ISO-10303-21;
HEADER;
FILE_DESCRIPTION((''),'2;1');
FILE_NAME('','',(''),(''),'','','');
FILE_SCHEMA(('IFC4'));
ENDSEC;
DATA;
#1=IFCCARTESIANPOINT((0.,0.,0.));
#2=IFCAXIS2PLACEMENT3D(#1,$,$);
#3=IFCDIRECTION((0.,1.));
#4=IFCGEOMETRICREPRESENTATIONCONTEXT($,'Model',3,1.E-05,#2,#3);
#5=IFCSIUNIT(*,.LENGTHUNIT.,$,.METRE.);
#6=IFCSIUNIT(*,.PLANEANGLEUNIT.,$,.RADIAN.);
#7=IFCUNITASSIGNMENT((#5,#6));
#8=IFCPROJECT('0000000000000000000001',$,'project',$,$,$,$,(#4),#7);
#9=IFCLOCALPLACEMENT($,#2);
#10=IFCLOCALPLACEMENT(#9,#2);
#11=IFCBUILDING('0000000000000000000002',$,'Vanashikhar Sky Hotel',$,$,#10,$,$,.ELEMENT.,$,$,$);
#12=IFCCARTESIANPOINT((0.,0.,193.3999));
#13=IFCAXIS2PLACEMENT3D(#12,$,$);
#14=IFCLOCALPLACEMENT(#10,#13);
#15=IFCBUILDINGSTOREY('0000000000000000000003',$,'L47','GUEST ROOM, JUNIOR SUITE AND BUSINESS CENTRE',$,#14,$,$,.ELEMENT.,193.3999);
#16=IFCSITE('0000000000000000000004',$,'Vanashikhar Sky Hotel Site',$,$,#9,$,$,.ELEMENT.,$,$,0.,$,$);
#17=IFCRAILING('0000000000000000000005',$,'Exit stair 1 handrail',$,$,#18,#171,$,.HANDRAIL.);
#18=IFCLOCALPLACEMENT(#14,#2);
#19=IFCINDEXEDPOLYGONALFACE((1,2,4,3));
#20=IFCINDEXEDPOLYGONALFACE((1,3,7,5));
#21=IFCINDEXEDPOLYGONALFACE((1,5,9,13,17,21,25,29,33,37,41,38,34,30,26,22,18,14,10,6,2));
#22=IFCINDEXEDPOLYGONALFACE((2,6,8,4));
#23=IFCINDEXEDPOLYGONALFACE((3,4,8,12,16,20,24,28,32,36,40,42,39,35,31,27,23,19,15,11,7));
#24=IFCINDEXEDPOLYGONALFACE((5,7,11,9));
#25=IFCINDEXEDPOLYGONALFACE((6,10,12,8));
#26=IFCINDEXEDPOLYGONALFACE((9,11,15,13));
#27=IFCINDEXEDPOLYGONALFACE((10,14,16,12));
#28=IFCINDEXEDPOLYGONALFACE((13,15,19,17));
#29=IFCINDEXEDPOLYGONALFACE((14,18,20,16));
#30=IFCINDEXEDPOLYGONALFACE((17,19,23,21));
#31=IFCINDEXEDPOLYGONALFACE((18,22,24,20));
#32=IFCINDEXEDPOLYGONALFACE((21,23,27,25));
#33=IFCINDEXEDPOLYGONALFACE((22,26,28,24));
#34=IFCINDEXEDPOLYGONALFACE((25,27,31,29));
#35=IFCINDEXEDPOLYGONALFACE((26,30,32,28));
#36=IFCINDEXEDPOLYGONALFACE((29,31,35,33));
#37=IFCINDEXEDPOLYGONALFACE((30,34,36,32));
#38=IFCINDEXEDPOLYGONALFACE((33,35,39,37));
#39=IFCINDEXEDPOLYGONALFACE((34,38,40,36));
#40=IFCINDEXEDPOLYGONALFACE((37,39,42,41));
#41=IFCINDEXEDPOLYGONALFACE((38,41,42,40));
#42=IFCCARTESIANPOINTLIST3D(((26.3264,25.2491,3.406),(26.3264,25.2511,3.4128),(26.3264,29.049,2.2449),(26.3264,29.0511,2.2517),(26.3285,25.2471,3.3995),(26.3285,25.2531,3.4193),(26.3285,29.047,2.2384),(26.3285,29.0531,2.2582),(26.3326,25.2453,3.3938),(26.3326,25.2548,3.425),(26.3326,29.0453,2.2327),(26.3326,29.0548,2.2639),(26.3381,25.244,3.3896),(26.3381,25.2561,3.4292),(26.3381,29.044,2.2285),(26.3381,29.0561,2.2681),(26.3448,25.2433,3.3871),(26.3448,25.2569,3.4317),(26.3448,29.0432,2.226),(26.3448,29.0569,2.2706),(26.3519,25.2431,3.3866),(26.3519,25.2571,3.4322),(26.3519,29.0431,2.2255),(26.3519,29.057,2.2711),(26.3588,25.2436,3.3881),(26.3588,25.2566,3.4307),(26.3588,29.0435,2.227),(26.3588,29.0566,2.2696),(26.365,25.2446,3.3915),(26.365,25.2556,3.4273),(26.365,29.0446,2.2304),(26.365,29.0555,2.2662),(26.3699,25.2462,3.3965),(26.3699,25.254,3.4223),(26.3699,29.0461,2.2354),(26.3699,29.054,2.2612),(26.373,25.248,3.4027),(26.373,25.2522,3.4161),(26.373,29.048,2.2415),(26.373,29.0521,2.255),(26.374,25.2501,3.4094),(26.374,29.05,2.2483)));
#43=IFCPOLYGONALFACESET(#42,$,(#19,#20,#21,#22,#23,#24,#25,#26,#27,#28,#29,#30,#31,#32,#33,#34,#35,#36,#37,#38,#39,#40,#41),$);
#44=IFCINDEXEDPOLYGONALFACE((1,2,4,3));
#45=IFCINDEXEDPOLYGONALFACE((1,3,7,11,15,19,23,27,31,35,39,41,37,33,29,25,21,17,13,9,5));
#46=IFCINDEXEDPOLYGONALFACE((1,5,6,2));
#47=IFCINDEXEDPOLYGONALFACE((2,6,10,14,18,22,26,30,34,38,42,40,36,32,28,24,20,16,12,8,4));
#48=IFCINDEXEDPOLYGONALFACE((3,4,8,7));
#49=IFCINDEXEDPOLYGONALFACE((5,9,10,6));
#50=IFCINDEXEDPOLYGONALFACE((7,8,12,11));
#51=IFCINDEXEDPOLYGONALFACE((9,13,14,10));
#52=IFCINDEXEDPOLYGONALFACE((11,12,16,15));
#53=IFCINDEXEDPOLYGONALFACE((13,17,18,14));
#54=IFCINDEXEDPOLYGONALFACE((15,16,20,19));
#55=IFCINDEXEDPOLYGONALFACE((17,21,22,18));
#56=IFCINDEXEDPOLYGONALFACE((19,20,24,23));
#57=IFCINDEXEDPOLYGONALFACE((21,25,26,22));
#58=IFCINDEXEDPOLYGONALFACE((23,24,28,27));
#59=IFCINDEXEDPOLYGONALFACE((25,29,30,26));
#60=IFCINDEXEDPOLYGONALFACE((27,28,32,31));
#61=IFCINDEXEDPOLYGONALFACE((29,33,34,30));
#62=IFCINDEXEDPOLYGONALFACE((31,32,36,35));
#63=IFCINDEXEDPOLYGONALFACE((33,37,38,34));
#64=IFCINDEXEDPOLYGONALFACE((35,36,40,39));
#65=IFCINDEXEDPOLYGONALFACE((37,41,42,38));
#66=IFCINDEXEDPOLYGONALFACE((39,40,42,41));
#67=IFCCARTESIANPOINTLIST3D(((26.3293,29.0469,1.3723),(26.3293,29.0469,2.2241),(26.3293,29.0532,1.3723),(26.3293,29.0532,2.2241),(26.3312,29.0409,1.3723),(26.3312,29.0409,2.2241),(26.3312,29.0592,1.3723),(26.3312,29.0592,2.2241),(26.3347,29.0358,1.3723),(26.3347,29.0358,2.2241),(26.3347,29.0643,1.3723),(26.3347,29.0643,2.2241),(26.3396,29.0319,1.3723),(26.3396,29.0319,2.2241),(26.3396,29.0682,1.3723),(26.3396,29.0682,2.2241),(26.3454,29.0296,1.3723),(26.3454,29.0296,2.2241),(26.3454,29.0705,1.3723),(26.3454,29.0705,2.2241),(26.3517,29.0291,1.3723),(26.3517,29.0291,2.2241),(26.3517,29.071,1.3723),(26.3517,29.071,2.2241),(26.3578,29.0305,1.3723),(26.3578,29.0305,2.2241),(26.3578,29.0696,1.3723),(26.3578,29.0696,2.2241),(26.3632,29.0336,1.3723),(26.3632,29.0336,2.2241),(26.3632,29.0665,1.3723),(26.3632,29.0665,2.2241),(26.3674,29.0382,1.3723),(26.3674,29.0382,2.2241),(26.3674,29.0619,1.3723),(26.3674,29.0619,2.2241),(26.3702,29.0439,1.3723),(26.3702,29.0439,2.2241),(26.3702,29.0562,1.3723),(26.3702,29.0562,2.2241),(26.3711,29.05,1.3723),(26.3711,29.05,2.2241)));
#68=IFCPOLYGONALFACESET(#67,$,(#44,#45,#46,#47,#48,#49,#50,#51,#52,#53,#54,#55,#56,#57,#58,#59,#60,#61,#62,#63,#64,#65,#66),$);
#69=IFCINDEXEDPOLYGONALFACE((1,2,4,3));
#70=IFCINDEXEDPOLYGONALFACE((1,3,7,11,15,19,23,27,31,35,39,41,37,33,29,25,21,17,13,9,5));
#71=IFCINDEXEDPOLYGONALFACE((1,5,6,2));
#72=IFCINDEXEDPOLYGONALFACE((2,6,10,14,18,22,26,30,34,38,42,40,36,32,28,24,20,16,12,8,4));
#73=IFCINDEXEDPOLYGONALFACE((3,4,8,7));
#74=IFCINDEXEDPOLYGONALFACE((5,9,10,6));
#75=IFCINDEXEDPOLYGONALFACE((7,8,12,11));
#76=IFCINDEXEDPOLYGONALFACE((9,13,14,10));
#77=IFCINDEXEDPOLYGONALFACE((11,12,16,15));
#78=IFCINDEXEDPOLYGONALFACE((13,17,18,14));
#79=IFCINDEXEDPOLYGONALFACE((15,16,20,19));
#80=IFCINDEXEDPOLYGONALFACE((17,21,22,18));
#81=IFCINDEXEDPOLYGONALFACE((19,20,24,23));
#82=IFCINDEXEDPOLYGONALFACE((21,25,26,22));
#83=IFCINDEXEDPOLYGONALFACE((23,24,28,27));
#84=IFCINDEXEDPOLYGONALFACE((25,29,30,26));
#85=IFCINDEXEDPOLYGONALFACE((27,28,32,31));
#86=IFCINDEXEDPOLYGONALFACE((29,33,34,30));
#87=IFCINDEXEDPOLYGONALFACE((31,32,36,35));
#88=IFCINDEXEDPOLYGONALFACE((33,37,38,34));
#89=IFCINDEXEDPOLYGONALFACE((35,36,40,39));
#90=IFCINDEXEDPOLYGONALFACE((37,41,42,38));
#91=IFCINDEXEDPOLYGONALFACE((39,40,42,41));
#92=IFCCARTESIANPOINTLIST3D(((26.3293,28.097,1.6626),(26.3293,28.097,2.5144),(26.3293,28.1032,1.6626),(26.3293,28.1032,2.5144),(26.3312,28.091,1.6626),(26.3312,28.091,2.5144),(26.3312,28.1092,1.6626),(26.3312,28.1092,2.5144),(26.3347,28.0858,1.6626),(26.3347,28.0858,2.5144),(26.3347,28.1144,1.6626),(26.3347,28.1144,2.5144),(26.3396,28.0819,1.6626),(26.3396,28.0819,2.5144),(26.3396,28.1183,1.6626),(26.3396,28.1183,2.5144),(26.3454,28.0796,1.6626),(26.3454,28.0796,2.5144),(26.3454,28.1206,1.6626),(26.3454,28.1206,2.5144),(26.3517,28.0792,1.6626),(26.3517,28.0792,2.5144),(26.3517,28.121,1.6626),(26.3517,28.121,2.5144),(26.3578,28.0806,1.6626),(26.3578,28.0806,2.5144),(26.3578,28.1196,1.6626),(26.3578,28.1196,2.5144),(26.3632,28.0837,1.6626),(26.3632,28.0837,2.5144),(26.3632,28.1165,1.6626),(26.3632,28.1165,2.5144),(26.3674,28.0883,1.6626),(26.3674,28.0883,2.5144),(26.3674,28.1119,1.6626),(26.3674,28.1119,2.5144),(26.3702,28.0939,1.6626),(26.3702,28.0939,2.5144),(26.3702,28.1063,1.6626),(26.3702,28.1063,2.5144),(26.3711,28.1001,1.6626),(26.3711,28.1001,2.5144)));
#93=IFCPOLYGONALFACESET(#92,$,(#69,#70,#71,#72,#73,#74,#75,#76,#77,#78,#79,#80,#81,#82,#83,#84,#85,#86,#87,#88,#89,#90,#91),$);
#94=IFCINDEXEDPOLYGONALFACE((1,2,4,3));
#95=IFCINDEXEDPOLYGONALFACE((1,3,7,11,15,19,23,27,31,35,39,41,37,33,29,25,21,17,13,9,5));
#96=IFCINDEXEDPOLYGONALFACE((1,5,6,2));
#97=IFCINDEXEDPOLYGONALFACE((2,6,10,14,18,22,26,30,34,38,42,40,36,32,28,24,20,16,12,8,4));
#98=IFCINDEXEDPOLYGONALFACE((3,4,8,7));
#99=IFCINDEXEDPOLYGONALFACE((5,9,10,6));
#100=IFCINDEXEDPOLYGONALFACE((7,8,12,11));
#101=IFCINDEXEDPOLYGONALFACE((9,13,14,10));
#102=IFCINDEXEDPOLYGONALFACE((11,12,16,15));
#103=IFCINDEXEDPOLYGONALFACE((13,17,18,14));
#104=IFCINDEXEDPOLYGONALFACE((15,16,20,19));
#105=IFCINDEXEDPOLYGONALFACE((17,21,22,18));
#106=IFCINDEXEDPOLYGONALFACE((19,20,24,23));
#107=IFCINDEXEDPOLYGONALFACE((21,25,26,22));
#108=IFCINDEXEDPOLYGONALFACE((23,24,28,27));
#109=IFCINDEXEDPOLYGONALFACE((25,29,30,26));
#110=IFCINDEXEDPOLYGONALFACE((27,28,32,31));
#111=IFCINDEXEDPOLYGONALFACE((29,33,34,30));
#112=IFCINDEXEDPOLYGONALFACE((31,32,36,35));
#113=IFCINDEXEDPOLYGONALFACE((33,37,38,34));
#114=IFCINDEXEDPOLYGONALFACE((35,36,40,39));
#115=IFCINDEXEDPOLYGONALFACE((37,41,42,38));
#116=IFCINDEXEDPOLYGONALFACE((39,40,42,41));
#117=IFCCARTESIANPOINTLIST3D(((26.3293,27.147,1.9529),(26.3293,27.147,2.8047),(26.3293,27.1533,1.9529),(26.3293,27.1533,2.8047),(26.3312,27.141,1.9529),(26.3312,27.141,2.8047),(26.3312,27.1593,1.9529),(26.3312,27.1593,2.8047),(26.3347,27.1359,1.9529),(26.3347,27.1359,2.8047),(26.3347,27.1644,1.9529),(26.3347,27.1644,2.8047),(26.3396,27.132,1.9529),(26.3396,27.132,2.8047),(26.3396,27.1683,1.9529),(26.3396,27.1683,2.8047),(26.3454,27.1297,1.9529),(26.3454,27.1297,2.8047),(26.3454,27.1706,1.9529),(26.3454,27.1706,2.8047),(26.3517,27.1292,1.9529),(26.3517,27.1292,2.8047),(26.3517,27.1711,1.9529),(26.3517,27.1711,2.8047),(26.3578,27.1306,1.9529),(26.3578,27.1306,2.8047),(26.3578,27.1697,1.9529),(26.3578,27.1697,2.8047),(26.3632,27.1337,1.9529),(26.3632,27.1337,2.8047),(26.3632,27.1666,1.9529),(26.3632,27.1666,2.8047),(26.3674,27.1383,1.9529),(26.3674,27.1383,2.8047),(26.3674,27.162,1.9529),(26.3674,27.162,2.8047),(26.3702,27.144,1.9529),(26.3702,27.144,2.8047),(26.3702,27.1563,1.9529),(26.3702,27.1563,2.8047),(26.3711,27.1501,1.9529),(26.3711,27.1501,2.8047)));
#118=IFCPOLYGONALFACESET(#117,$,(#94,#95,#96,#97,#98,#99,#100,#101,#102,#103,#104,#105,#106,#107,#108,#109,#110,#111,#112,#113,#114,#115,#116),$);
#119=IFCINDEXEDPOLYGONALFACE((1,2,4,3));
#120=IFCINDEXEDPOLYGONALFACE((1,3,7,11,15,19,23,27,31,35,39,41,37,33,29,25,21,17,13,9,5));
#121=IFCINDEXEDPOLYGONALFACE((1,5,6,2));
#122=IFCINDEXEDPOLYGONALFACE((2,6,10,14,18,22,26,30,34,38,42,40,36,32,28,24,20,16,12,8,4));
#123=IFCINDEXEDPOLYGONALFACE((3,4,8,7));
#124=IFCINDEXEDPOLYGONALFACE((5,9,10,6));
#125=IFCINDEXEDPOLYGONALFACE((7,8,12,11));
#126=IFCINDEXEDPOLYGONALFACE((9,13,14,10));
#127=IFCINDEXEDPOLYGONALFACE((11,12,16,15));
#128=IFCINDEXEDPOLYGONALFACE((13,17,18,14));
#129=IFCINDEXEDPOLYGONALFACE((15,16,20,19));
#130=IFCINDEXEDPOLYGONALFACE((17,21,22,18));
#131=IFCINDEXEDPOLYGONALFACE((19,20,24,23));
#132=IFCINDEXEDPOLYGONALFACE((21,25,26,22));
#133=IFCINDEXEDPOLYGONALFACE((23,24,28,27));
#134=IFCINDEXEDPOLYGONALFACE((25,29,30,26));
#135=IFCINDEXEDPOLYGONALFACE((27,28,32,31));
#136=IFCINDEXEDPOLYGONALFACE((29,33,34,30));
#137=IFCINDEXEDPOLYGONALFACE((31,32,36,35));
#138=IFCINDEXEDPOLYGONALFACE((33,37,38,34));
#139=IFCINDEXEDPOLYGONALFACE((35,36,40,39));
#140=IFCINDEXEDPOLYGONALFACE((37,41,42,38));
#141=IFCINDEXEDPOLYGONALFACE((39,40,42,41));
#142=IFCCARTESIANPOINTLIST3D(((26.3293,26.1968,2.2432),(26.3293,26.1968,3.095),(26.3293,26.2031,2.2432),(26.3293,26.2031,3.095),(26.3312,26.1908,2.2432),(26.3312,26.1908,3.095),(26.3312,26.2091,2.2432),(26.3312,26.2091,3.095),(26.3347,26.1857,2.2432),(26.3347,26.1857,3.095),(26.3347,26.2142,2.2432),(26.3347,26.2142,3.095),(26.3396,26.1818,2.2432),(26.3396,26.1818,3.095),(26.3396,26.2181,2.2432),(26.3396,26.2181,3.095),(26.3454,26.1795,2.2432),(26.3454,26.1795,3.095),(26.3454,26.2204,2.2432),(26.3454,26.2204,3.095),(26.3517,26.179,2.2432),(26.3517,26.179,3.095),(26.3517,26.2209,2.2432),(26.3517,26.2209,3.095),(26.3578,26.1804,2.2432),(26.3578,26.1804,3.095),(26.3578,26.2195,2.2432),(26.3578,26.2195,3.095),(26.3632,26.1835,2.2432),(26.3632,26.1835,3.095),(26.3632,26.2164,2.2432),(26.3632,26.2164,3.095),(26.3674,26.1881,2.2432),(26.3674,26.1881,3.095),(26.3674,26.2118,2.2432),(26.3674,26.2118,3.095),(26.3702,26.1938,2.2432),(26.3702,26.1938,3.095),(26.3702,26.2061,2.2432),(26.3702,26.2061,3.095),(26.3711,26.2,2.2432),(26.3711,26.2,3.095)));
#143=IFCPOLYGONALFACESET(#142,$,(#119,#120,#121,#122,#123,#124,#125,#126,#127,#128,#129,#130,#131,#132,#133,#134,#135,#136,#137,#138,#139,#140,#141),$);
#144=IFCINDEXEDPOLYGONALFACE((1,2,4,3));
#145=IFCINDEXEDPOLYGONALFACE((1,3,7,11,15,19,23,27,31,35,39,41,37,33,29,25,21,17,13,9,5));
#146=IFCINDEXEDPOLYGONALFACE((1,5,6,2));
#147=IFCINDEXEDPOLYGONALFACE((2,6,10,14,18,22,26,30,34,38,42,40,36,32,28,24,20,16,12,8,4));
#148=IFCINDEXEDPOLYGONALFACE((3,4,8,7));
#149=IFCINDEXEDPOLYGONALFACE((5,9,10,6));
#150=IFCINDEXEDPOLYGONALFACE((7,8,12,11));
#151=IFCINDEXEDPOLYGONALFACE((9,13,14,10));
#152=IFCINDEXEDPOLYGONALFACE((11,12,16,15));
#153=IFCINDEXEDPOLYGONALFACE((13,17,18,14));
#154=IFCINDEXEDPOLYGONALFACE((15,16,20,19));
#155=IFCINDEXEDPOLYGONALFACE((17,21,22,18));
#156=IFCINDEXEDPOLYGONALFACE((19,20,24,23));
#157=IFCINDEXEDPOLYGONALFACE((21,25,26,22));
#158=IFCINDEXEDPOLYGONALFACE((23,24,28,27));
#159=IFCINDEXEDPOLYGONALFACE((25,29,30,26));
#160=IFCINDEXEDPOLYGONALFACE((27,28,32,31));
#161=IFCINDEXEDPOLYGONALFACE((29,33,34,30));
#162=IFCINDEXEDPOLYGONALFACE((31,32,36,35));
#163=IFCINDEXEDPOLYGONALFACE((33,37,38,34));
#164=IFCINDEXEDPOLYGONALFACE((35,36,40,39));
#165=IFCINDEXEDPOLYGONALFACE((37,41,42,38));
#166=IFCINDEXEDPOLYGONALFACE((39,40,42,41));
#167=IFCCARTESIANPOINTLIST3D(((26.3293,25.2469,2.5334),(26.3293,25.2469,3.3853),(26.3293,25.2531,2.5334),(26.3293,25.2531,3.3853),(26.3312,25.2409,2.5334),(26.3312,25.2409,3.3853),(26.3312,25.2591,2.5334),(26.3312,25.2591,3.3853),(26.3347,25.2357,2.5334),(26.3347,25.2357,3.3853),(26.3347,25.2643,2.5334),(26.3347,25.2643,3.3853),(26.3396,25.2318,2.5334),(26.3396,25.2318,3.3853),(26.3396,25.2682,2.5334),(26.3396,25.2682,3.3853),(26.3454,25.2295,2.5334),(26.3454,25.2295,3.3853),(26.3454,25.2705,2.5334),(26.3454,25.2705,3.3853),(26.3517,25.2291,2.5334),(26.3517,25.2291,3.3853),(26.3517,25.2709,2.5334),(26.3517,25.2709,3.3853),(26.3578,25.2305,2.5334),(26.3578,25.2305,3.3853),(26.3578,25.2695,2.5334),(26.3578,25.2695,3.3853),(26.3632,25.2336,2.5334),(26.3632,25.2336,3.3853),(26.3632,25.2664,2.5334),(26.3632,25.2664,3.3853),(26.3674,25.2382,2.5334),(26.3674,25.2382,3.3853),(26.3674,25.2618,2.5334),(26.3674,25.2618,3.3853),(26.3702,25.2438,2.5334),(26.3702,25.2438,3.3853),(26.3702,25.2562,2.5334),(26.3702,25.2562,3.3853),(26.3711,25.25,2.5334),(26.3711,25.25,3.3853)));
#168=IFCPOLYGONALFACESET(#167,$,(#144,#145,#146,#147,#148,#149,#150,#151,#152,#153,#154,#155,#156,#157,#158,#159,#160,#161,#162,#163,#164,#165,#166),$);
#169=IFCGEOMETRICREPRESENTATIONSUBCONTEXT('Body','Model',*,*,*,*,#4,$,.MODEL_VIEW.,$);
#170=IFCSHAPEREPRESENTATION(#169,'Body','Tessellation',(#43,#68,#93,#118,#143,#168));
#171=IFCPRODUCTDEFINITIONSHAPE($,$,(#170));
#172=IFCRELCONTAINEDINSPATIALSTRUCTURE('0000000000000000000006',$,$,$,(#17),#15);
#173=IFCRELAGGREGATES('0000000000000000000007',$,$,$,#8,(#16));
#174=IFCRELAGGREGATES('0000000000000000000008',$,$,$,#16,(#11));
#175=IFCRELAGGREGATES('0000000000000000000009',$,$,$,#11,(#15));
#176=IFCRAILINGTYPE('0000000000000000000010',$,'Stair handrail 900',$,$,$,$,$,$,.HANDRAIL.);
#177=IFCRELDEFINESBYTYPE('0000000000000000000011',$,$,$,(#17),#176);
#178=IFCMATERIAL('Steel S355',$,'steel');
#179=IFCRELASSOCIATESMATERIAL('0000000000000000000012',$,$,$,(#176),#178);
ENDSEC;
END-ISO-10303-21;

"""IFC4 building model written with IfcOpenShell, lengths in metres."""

from ifc_helpers import new_model, si_unit, direction, frame, origin, origin_2d, place, context, subcontext, project, spatial, circle, extrude, source, transform, mapped, material, type_object, element, save


model = new_model("IFC4")

# Units and contexts
model_context = context("Model", 3, precision=1e-05, world=origin(), true_north=direction((0.0, 1.0)))
body_context = subcontext(model_context, "Body", "Model", "MODEL_VIEW")
ifc_project = project(units=[si_unit("LENGTHUNIT", "METRE"), si_unit("PLANEANGLEUNIT", "RADIAN")], contexts=[model_context])

# Site, building, storey
site_placement = place(None, origin())
site = spatial("IfcSite", under=ifc_project, at=site_placement, Name="Vanashikhar Sky Hotel Site", CompositionType="ELEMENT", RefElevation=0.0)
building_placement = place(site_placement, origin())
building = spatial("IfcBuilding", under=site, at=building_placement, Name="Vanashikhar Sky Hotel", CompositionType="ELEMENT")
storey_placement = place(building_placement, frame((0.0, 0.0, 193.3999)))
storey = spatial("IfcBuildingStorey", under=building, at=storey_placement, Name="L47", Description="GUEST ROOM, JUNIOR SUITE AND BUSINESS CENTRE", CompositionType="ELEMENT", Elevation=193.3999)

# Railing
ifc_material_1 = material(Name="Steel S355", Category="steel")
railing_type_1 = type_object("IfcRailingType", Name="Stair handrail 900", PredefinedType="HANDRAIL", material=ifc_material_1)
shared_shape_1 = source(origin(), body_context, "Body", "SweptSolid", [
    extrude(circle(Radius=0.0239, at=origin_2d()), frame((0.0, 0.0, 0.876), z_axis=(0.0, -0.956351, 0.29222), x_axis=(1.0, 0.0, 0.0)), (0.0, 0.0, 1.0), 3.9734),
    extrude(circle(Radius=0.021, at=origin_2d()), origin(), (0.0, 0.0, 1.0), 0.8518),
    extrude(circle(Radius=0.021, at=origin_2d()), frame((0.0, -0.95, 0.2903)), (0.0, 0.0, 1.0), 0.8518),
    extrude(circle(Radius=0.021, at=origin_2d()), frame((0.0, -1.8999, 0.5806)), (0.0, 0.0, 1.0), 0.8518),
    extrude(circle(Radius=0.021, at=origin_2d()), frame((0.0, -2.8501, 0.8708)), (0.0, 0.0, 1.0), 0.8518),
    extrude(circle(Radius=0.021, at=origin_2d()), frame((0.0, -3.8, 1.1611)), (0.0, 0.0, 1.0), 0.8518),
])
for number, where, name in (
    (1, (26.3501, 29.05, 1.3723), "Exit stair 1 handrail"),
):
    element("IfcRailing", number, at=place(storey_placement, frame(where)), inside=storey, type_object=railing_type_1, Name=name, PredefinedType="HANDRAIL", context=body_context, shape_type="MappedRepresentation", body=[
        mapped(shared_shape_1, transform((0.0, 0.0, 0.0), scale=1.0)),
    ])

save(model, "model.ifc")
